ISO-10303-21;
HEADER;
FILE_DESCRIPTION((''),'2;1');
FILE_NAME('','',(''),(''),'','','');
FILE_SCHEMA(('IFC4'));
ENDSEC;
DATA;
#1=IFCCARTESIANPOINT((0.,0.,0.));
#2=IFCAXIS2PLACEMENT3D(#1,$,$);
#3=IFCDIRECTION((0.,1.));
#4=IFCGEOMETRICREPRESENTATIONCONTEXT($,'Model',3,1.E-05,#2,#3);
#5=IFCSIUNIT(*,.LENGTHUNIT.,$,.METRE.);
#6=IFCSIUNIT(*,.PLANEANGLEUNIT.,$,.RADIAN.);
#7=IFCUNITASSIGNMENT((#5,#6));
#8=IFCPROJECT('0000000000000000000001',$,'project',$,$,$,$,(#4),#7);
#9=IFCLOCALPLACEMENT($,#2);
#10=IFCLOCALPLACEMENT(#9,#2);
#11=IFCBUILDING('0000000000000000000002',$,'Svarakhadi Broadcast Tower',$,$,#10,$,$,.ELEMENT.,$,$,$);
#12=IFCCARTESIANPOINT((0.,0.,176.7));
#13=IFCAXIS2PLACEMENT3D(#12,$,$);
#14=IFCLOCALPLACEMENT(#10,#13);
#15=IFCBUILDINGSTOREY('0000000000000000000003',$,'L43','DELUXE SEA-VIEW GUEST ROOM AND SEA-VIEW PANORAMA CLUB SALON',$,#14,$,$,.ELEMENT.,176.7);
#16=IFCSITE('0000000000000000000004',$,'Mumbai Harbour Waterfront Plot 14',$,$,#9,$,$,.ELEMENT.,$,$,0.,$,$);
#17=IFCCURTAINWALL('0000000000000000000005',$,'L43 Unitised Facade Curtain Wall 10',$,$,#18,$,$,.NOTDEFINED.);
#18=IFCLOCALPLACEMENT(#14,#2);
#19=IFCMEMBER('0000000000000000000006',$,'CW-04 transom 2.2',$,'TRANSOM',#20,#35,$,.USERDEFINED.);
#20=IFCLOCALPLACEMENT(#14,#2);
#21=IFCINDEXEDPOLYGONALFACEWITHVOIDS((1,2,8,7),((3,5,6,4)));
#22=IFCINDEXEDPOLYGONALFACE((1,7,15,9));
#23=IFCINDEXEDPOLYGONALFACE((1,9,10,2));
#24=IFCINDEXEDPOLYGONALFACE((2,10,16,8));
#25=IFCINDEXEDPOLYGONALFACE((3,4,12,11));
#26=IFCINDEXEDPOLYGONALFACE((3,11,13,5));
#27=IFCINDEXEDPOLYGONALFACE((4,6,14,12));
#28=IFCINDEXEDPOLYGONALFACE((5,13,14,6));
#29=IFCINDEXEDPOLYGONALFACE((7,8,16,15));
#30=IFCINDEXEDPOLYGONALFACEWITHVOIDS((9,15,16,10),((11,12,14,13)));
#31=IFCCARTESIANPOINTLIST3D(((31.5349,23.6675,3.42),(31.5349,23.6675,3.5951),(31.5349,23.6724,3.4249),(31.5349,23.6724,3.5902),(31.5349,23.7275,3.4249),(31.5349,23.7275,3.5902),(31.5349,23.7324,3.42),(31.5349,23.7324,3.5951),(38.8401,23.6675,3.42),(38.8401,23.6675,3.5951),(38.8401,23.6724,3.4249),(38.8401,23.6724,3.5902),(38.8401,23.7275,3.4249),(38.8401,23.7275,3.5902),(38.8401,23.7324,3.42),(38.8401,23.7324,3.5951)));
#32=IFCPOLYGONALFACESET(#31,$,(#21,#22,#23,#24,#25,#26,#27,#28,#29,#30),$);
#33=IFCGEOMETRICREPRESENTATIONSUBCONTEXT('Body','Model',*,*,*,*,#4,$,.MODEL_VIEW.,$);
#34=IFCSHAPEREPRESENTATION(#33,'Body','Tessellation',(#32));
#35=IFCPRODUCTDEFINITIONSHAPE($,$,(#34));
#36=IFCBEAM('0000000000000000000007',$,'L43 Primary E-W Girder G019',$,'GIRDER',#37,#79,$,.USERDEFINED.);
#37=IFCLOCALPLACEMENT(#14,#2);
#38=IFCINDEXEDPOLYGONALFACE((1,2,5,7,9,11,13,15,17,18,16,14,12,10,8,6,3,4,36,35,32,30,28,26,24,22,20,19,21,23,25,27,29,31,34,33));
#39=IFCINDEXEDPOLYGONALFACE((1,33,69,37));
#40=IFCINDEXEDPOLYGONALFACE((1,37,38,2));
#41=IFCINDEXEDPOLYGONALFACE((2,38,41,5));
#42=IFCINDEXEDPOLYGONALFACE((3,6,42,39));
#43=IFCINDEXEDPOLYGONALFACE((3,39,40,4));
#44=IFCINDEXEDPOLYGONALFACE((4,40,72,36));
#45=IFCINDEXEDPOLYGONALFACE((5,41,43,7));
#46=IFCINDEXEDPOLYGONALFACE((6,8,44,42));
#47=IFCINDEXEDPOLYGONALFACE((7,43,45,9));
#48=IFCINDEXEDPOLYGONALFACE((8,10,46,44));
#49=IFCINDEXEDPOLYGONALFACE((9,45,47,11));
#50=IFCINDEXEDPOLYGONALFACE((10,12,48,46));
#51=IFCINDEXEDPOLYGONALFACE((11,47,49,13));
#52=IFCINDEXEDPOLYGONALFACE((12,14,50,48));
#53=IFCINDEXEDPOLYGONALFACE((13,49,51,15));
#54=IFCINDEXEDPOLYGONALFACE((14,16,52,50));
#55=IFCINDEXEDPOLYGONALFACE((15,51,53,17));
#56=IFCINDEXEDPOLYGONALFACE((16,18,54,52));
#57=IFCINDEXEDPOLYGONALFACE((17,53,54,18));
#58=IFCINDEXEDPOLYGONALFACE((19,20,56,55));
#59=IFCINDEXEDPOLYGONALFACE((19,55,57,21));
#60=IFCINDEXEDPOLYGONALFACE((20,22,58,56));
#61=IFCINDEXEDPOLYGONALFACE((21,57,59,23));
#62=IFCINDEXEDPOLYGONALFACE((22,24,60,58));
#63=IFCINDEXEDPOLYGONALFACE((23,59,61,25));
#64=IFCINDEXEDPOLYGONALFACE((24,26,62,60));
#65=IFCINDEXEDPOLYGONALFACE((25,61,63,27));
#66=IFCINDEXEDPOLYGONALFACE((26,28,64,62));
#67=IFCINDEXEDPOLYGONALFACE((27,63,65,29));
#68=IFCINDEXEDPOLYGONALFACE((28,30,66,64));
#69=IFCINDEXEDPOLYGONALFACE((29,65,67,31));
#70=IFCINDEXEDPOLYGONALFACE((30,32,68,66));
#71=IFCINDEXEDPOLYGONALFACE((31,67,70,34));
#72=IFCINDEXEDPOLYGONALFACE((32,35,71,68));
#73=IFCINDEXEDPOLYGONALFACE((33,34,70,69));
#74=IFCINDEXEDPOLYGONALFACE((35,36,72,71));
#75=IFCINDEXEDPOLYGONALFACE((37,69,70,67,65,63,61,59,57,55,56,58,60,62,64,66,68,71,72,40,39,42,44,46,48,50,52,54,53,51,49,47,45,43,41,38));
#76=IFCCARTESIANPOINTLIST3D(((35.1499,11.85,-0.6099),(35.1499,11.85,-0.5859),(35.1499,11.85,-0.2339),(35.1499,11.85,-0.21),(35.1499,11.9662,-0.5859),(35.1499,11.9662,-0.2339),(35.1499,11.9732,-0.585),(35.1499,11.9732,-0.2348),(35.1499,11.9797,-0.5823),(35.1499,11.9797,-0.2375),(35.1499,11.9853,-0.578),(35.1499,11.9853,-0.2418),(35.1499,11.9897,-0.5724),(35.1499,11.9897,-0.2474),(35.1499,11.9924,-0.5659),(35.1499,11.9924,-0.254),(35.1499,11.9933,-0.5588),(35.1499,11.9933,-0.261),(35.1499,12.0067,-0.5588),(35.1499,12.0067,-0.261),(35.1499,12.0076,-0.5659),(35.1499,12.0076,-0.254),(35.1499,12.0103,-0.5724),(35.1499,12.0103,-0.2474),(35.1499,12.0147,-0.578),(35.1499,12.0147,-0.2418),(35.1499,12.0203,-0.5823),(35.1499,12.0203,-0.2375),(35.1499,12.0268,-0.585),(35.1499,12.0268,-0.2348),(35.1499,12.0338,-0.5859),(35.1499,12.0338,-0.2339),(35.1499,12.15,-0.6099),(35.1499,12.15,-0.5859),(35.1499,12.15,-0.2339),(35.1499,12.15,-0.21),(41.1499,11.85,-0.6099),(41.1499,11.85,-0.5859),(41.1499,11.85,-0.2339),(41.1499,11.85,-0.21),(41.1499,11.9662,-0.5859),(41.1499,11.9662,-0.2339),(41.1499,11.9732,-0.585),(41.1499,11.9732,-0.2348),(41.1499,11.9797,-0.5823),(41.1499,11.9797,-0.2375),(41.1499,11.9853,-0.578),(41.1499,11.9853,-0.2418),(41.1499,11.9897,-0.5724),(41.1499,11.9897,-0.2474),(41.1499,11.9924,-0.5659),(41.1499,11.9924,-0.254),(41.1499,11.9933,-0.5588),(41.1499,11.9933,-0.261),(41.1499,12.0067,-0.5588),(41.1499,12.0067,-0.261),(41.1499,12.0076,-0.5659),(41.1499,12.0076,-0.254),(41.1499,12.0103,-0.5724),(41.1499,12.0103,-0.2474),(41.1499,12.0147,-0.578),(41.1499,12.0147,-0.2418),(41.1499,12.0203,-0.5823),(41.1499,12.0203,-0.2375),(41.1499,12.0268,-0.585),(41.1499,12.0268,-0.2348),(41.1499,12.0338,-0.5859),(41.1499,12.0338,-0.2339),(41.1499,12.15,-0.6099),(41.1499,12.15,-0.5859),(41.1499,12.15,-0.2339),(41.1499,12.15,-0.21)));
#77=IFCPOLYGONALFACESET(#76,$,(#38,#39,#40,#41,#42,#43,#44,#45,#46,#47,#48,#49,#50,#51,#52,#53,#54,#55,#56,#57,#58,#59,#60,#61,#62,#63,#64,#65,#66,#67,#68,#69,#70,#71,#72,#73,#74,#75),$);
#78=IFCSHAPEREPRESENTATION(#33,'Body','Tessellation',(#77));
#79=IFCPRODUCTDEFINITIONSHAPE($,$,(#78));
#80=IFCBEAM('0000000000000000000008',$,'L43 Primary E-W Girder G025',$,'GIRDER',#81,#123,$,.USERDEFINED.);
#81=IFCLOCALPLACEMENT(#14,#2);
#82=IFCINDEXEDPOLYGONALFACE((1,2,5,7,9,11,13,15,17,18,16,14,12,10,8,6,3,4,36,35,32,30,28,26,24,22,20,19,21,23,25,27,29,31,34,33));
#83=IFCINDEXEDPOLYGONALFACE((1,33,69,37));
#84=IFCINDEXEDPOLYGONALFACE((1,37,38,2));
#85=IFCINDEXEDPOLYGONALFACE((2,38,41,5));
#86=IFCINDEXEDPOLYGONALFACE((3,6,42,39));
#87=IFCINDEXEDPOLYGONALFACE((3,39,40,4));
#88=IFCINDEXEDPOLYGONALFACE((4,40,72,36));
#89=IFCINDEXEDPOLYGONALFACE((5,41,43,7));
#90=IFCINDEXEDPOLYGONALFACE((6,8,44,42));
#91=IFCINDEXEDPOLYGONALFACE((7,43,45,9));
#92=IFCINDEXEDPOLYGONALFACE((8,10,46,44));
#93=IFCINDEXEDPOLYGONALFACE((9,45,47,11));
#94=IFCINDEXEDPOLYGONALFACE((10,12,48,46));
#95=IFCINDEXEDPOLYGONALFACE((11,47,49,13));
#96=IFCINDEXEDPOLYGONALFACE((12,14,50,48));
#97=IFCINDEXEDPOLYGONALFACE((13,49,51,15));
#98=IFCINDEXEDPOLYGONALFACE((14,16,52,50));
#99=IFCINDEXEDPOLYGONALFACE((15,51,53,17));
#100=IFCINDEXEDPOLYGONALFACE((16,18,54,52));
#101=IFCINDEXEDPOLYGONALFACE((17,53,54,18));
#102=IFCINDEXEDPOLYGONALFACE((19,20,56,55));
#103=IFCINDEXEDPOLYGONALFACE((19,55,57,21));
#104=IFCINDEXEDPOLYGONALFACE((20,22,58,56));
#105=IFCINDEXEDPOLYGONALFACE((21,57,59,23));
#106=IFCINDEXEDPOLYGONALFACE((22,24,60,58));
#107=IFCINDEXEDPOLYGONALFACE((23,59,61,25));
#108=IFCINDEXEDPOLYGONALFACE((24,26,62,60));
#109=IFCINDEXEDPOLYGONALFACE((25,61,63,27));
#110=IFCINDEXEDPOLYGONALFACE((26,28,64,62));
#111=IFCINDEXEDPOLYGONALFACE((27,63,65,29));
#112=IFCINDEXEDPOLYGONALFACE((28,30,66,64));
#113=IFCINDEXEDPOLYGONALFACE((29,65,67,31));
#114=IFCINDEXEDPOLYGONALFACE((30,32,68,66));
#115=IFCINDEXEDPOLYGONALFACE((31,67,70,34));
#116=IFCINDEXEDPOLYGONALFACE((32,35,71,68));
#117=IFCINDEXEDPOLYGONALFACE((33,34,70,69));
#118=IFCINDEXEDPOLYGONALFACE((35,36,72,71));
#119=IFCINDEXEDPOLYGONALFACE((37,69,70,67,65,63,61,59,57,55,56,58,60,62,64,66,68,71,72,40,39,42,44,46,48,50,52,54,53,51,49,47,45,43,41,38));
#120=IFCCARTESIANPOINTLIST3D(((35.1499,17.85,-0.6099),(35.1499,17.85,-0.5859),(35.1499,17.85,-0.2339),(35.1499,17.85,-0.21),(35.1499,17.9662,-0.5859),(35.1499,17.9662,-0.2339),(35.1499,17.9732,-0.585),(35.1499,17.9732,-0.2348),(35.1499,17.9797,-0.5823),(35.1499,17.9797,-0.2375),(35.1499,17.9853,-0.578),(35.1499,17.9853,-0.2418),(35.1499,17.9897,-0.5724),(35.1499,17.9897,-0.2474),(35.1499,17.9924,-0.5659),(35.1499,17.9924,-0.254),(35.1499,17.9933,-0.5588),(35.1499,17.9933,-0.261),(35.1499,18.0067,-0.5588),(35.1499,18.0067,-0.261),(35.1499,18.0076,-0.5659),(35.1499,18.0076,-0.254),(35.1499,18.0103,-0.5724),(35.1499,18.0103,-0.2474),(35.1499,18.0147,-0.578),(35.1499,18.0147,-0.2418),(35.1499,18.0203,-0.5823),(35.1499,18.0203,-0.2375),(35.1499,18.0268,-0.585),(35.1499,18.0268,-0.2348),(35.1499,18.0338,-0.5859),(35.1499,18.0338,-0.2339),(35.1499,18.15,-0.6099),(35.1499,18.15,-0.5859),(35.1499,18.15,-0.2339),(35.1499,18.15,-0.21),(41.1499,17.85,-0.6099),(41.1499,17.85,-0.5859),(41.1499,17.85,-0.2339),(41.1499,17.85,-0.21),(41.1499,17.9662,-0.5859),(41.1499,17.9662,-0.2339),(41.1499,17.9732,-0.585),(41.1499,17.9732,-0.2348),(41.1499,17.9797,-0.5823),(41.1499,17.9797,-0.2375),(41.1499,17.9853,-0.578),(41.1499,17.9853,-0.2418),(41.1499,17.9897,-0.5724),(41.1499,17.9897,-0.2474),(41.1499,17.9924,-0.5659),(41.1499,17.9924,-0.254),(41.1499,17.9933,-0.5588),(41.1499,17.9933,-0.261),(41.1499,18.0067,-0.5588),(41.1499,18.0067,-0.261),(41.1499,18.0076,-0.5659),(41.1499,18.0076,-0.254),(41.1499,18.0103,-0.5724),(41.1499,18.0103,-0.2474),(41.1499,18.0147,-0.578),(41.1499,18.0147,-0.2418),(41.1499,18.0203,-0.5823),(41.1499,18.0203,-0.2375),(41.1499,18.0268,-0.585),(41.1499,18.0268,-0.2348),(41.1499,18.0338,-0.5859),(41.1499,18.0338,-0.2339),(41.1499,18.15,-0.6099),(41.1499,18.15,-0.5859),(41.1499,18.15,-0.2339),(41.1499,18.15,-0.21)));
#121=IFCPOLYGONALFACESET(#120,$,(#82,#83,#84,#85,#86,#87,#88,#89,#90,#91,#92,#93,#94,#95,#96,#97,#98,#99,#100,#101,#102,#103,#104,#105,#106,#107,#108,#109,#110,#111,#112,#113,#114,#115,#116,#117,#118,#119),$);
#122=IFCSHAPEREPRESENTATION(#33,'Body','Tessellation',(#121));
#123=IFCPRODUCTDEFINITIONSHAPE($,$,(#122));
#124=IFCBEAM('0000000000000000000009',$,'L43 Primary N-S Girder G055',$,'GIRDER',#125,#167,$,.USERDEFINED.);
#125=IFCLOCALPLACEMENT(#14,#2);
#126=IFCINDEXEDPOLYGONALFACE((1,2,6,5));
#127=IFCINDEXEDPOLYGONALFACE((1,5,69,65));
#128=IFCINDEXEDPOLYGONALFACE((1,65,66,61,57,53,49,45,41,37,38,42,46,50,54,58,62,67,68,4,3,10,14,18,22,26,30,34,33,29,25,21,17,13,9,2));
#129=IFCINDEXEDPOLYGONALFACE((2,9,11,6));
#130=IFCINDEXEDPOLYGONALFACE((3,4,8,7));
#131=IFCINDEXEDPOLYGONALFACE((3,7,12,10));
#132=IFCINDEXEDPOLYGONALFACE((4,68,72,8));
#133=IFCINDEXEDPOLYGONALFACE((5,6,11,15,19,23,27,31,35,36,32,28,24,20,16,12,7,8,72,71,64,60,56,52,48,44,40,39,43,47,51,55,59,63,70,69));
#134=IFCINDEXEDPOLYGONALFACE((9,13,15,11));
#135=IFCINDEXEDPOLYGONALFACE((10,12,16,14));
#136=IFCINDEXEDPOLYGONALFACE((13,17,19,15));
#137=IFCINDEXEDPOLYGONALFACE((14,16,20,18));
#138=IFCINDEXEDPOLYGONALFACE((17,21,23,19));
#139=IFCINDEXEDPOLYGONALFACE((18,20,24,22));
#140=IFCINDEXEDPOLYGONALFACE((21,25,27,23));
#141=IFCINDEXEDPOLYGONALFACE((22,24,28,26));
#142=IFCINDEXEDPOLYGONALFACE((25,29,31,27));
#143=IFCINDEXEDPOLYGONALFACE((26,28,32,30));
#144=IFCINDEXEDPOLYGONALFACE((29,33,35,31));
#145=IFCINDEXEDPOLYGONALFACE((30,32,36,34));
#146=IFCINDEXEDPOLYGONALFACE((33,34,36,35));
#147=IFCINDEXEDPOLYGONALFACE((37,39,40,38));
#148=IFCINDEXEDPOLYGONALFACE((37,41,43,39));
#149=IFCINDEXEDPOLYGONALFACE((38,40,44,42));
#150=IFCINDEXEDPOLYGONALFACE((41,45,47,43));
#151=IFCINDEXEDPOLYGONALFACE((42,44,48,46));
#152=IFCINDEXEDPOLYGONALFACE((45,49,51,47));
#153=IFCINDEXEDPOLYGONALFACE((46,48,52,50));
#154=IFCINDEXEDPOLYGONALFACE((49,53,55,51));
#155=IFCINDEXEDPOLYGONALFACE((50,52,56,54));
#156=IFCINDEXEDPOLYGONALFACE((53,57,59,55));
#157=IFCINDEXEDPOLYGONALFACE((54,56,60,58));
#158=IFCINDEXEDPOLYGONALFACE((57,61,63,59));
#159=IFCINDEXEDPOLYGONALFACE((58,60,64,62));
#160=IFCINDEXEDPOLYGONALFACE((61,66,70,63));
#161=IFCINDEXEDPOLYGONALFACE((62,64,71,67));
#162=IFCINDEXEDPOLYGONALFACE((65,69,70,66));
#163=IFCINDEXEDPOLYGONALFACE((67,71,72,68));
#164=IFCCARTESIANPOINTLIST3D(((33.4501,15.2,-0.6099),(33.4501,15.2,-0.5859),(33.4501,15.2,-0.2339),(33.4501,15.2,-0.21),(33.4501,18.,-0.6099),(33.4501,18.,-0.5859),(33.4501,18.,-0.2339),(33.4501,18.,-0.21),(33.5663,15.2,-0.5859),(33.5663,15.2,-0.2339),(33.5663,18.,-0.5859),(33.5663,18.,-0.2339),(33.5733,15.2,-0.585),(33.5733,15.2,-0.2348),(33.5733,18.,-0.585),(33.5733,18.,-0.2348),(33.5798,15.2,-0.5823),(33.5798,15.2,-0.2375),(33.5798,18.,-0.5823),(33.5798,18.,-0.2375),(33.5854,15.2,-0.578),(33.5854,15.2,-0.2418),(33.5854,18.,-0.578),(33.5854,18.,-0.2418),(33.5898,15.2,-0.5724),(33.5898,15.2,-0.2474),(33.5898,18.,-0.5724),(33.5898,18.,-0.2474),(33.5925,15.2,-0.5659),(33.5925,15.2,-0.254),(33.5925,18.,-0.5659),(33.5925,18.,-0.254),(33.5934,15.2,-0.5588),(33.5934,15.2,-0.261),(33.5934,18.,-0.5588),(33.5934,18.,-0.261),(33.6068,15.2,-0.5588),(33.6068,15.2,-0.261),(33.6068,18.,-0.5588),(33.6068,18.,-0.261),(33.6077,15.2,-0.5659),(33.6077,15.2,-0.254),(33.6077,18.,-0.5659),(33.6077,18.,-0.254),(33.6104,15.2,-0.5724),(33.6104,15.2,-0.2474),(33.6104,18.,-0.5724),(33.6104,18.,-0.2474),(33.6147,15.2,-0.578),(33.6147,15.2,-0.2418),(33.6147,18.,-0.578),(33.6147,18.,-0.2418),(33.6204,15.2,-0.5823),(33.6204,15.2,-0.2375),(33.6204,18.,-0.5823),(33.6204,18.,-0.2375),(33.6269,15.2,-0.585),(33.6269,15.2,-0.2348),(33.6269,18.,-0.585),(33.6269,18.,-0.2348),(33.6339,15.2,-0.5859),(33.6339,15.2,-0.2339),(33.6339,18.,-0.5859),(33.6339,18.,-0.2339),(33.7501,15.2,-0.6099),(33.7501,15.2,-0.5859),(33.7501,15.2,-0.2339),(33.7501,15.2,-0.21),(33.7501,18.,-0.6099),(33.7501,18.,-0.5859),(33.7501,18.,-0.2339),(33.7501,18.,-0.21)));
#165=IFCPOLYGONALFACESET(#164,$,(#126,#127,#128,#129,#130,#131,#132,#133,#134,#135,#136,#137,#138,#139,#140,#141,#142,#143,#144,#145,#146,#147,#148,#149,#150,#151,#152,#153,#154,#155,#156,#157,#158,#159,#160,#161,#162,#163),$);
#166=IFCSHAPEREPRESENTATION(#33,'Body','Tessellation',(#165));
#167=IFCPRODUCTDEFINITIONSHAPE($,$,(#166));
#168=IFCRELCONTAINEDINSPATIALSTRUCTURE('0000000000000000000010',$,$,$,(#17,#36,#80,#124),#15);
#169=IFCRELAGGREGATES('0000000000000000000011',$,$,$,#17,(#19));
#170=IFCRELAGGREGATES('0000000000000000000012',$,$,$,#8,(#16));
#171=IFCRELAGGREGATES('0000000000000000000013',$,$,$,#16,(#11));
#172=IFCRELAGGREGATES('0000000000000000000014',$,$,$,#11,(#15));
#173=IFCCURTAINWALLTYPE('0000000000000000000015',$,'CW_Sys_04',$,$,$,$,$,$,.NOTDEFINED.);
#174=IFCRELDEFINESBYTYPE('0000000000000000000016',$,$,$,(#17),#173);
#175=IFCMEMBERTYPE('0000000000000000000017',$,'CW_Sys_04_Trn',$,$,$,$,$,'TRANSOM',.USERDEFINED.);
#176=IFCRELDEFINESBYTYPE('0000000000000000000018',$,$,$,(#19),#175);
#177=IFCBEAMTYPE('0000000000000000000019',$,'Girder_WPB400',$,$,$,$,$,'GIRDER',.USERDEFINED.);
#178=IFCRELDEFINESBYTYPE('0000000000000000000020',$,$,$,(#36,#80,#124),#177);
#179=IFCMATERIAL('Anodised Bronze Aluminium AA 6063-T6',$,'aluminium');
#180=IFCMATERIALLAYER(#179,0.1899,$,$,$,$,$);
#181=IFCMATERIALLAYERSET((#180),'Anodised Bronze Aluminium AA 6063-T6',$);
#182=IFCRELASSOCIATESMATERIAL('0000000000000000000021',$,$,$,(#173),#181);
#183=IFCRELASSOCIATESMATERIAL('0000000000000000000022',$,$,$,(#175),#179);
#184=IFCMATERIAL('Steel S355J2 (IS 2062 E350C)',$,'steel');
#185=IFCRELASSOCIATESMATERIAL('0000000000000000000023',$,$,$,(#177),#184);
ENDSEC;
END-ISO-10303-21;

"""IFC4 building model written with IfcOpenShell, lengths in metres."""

from ifc_helpers import new_model, si_unit, direction, frame, origin, origin_2d, place, context, subcontext, project, spatial, hollow_rectangle, i_section, extrude, material, layer, layer_set, material_profile, profile_set, type_object, element, aggregate, save


model = new_model("IFC4")

# Units and contexts
model_context = context("Model", 3, precision=1e-05, world=origin(), true_north=direction((0.0, 1.0)))
body_context = subcontext(model_context, "Body", "Model", "MODEL_VIEW")
ifc_project = project(units=[si_unit("LENGTHUNIT", "METRE"), si_unit("PLANEANGLEUNIT", "RADIAN")], contexts=[model_context])

# Site, building, storey
site_placement = place(None, origin())
site = spatial("IfcSite", under=ifc_project, at=site_placement, Name="Mumbai Harbour Waterfront Plot 14", CompositionType="ELEMENT", RefElevation=0.0)
building_placement = place(site_placement, origin())
building = spatial("IfcBuilding", under=site, at=building_placement, Name="Svarakhadi Broadcast Tower", CompositionType="ELEMENT")
storey_placement = place(building_placement, frame((0.0, 0.0, 176.7)))
storey = spatial("IfcBuildingStorey", under=building, at=storey_placement, Name="L43", Description="DELUXE SEA-VIEW GUEST ROOM AND SEA-VIEW PANORAMA CLUB SALON", CompositionType="ELEMENT", Elevation=176.7)

# Shared definitions
ifc_material_1 = material(Name="Steel S355J2 (IS 2062 E350C)", Category="steel")

# Curtain wall, member
ifc_material_2 = material(Name="Anodised Bronze Aluminium AA 6063-T6", Category="aluminium")
ifc_layer_1 = layer(ifc_material_2, 0.1899)
ifc_layer_set_1 = layer_set([ifc_layer_1], Name="Anodised Bronze Aluminium AA 6063-T6")
curtain_wall_type = type_object("IfcCurtainWallType", Name="CW_Sys_04", PredefinedType="NOTDEFINED", material=ifc_layer_set_1)
curtain_wall_placement = place(storey_placement, origin())
curtain_wall = element("IfcCurtainWall", 1, at=curtain_wall_placement, inside=storey, type_object=curtain_wall_type, Name="L43 Unitised Facade Curtain Wall 10", PredefinedType="NOTDEFINED")
ifc_material_profile_1 = material_profile(ifc_material_2, hollow_rectangle(XDim=0.0649, YDim=0.175, WallThickness=0.0049, at=origin_2d()), Name="ALU TRANSOM 175x65x5")
ifc_profile_set_1 = profile_set([ifc_material_profile_1], Name="Anodised Bronze Aluminium AA 6063-T6")
member_type_1 = type_object("IfcMemberType", Name="CW_Sys_04_Trn", ElementType="TRANSOM", PredefinedType="USERDEFINED", material=ifc_profile_set_1)
member_1_placement = place(storey_placement, frame((31.5349, 23.7, 3.5076), z_axis=(1.0, 0.0, 0.0), x_axis=(0.0, 1.0, 0.0)))
member_1 = element("IfcMember", 2, at=member_1_placement, type_object=member_type_1, Name="CW-04 transom 2.2", ObjectType="TRANSOM", PredefinedType="USERDEFINED", context=body_context, shape_type="SweptSolid", body=[
    extrude(hollow_rectangle(XDim=0.0649, YDim=0.175, WallThickness=0.0049, at=origin_2d()), origin(), (0.0, 0.0, 1.0), 7.3052),
])

# Beams
ifc_material_profile_2 = material_profile(ifc_material_1, i_section(OverallWidth=0.3, OverallDepth=0.3999, WebThickness=0.0134, FlangeThickness=0.0239, FilletRadius=0.0271, at=origin_2d()), Name="WPB 400x300x155")
ifc_profile_set_2 = profile_set([ifc_material_profile_2], Name="Steel S355J2 (IS 2062 E350C)")
beam_type_1 = type_object("IfcBeamType", Name="Girder_WPB400", ElementType="GIRDER", PredefinedType="USERDEFINED", material=ifc_profile_set_2)
for number, where, z_axis, x_axis, name in (
    (3, (35.1499, 12.0, -0.4099), (1.0, 0.0, 0.0), (0.0, 1.0, 0.0), "L43 Primary E-W Girder G019"),
    (4, (35.1499, 18.0, -0.4099), (1.0, 0.0, 0.0), (0.0, 1.0, 0.0), "L43 Primary E-W Girder G025"),
):
    element("IfcBeam", number, at=place(storey_placement, frame(where, z_axis=z_axis, x_axis=x_axis)), inside=storey, type_object=beam_type_1, Name=name, ObjectType="GIRDER", PredefinedType="USERDEFINED", context=body_context, shape_type="SweptSolid", body=[
        extrude(i_section(OverallWidth=0.3, OverallDepth=0.3999, WebThickness=0.0134, FlangeThickness=0.0239, FilletRadius=0.0271, at=origin_2d()), origin(), (0.0, 0.0, 1.0), 6.0),
    ])
beam_1_placement = place(storey_placement, frame((33.6001, 15.2, -0.4099), z_axis=(0.0, 1.0, 0.0), x_axis=(-1.0, 0.0, 0.0)))
element("IfcBeam", 5, at=beam_1_placement, inside=storey, type_object=beam_type_1, Name="L43 Primary N-S Girder G055", ObjectType="GIRDER", PredefinedType="USERDEFINED", context=body_context, shape_type="SweptSolid", body=[
    extrude(i_section(OverallWidth=0.3, OverallDepth=0.3999, WebThickness=0.0134, FlangeThickness=0.0239, FilletRadius=0.0271, at=origin_2d()), origin(), (0.0, 0.0, 1.0), 2.8),
])

aggregate(curtain_wall, [member_1])

save(model, "model.ifc")
